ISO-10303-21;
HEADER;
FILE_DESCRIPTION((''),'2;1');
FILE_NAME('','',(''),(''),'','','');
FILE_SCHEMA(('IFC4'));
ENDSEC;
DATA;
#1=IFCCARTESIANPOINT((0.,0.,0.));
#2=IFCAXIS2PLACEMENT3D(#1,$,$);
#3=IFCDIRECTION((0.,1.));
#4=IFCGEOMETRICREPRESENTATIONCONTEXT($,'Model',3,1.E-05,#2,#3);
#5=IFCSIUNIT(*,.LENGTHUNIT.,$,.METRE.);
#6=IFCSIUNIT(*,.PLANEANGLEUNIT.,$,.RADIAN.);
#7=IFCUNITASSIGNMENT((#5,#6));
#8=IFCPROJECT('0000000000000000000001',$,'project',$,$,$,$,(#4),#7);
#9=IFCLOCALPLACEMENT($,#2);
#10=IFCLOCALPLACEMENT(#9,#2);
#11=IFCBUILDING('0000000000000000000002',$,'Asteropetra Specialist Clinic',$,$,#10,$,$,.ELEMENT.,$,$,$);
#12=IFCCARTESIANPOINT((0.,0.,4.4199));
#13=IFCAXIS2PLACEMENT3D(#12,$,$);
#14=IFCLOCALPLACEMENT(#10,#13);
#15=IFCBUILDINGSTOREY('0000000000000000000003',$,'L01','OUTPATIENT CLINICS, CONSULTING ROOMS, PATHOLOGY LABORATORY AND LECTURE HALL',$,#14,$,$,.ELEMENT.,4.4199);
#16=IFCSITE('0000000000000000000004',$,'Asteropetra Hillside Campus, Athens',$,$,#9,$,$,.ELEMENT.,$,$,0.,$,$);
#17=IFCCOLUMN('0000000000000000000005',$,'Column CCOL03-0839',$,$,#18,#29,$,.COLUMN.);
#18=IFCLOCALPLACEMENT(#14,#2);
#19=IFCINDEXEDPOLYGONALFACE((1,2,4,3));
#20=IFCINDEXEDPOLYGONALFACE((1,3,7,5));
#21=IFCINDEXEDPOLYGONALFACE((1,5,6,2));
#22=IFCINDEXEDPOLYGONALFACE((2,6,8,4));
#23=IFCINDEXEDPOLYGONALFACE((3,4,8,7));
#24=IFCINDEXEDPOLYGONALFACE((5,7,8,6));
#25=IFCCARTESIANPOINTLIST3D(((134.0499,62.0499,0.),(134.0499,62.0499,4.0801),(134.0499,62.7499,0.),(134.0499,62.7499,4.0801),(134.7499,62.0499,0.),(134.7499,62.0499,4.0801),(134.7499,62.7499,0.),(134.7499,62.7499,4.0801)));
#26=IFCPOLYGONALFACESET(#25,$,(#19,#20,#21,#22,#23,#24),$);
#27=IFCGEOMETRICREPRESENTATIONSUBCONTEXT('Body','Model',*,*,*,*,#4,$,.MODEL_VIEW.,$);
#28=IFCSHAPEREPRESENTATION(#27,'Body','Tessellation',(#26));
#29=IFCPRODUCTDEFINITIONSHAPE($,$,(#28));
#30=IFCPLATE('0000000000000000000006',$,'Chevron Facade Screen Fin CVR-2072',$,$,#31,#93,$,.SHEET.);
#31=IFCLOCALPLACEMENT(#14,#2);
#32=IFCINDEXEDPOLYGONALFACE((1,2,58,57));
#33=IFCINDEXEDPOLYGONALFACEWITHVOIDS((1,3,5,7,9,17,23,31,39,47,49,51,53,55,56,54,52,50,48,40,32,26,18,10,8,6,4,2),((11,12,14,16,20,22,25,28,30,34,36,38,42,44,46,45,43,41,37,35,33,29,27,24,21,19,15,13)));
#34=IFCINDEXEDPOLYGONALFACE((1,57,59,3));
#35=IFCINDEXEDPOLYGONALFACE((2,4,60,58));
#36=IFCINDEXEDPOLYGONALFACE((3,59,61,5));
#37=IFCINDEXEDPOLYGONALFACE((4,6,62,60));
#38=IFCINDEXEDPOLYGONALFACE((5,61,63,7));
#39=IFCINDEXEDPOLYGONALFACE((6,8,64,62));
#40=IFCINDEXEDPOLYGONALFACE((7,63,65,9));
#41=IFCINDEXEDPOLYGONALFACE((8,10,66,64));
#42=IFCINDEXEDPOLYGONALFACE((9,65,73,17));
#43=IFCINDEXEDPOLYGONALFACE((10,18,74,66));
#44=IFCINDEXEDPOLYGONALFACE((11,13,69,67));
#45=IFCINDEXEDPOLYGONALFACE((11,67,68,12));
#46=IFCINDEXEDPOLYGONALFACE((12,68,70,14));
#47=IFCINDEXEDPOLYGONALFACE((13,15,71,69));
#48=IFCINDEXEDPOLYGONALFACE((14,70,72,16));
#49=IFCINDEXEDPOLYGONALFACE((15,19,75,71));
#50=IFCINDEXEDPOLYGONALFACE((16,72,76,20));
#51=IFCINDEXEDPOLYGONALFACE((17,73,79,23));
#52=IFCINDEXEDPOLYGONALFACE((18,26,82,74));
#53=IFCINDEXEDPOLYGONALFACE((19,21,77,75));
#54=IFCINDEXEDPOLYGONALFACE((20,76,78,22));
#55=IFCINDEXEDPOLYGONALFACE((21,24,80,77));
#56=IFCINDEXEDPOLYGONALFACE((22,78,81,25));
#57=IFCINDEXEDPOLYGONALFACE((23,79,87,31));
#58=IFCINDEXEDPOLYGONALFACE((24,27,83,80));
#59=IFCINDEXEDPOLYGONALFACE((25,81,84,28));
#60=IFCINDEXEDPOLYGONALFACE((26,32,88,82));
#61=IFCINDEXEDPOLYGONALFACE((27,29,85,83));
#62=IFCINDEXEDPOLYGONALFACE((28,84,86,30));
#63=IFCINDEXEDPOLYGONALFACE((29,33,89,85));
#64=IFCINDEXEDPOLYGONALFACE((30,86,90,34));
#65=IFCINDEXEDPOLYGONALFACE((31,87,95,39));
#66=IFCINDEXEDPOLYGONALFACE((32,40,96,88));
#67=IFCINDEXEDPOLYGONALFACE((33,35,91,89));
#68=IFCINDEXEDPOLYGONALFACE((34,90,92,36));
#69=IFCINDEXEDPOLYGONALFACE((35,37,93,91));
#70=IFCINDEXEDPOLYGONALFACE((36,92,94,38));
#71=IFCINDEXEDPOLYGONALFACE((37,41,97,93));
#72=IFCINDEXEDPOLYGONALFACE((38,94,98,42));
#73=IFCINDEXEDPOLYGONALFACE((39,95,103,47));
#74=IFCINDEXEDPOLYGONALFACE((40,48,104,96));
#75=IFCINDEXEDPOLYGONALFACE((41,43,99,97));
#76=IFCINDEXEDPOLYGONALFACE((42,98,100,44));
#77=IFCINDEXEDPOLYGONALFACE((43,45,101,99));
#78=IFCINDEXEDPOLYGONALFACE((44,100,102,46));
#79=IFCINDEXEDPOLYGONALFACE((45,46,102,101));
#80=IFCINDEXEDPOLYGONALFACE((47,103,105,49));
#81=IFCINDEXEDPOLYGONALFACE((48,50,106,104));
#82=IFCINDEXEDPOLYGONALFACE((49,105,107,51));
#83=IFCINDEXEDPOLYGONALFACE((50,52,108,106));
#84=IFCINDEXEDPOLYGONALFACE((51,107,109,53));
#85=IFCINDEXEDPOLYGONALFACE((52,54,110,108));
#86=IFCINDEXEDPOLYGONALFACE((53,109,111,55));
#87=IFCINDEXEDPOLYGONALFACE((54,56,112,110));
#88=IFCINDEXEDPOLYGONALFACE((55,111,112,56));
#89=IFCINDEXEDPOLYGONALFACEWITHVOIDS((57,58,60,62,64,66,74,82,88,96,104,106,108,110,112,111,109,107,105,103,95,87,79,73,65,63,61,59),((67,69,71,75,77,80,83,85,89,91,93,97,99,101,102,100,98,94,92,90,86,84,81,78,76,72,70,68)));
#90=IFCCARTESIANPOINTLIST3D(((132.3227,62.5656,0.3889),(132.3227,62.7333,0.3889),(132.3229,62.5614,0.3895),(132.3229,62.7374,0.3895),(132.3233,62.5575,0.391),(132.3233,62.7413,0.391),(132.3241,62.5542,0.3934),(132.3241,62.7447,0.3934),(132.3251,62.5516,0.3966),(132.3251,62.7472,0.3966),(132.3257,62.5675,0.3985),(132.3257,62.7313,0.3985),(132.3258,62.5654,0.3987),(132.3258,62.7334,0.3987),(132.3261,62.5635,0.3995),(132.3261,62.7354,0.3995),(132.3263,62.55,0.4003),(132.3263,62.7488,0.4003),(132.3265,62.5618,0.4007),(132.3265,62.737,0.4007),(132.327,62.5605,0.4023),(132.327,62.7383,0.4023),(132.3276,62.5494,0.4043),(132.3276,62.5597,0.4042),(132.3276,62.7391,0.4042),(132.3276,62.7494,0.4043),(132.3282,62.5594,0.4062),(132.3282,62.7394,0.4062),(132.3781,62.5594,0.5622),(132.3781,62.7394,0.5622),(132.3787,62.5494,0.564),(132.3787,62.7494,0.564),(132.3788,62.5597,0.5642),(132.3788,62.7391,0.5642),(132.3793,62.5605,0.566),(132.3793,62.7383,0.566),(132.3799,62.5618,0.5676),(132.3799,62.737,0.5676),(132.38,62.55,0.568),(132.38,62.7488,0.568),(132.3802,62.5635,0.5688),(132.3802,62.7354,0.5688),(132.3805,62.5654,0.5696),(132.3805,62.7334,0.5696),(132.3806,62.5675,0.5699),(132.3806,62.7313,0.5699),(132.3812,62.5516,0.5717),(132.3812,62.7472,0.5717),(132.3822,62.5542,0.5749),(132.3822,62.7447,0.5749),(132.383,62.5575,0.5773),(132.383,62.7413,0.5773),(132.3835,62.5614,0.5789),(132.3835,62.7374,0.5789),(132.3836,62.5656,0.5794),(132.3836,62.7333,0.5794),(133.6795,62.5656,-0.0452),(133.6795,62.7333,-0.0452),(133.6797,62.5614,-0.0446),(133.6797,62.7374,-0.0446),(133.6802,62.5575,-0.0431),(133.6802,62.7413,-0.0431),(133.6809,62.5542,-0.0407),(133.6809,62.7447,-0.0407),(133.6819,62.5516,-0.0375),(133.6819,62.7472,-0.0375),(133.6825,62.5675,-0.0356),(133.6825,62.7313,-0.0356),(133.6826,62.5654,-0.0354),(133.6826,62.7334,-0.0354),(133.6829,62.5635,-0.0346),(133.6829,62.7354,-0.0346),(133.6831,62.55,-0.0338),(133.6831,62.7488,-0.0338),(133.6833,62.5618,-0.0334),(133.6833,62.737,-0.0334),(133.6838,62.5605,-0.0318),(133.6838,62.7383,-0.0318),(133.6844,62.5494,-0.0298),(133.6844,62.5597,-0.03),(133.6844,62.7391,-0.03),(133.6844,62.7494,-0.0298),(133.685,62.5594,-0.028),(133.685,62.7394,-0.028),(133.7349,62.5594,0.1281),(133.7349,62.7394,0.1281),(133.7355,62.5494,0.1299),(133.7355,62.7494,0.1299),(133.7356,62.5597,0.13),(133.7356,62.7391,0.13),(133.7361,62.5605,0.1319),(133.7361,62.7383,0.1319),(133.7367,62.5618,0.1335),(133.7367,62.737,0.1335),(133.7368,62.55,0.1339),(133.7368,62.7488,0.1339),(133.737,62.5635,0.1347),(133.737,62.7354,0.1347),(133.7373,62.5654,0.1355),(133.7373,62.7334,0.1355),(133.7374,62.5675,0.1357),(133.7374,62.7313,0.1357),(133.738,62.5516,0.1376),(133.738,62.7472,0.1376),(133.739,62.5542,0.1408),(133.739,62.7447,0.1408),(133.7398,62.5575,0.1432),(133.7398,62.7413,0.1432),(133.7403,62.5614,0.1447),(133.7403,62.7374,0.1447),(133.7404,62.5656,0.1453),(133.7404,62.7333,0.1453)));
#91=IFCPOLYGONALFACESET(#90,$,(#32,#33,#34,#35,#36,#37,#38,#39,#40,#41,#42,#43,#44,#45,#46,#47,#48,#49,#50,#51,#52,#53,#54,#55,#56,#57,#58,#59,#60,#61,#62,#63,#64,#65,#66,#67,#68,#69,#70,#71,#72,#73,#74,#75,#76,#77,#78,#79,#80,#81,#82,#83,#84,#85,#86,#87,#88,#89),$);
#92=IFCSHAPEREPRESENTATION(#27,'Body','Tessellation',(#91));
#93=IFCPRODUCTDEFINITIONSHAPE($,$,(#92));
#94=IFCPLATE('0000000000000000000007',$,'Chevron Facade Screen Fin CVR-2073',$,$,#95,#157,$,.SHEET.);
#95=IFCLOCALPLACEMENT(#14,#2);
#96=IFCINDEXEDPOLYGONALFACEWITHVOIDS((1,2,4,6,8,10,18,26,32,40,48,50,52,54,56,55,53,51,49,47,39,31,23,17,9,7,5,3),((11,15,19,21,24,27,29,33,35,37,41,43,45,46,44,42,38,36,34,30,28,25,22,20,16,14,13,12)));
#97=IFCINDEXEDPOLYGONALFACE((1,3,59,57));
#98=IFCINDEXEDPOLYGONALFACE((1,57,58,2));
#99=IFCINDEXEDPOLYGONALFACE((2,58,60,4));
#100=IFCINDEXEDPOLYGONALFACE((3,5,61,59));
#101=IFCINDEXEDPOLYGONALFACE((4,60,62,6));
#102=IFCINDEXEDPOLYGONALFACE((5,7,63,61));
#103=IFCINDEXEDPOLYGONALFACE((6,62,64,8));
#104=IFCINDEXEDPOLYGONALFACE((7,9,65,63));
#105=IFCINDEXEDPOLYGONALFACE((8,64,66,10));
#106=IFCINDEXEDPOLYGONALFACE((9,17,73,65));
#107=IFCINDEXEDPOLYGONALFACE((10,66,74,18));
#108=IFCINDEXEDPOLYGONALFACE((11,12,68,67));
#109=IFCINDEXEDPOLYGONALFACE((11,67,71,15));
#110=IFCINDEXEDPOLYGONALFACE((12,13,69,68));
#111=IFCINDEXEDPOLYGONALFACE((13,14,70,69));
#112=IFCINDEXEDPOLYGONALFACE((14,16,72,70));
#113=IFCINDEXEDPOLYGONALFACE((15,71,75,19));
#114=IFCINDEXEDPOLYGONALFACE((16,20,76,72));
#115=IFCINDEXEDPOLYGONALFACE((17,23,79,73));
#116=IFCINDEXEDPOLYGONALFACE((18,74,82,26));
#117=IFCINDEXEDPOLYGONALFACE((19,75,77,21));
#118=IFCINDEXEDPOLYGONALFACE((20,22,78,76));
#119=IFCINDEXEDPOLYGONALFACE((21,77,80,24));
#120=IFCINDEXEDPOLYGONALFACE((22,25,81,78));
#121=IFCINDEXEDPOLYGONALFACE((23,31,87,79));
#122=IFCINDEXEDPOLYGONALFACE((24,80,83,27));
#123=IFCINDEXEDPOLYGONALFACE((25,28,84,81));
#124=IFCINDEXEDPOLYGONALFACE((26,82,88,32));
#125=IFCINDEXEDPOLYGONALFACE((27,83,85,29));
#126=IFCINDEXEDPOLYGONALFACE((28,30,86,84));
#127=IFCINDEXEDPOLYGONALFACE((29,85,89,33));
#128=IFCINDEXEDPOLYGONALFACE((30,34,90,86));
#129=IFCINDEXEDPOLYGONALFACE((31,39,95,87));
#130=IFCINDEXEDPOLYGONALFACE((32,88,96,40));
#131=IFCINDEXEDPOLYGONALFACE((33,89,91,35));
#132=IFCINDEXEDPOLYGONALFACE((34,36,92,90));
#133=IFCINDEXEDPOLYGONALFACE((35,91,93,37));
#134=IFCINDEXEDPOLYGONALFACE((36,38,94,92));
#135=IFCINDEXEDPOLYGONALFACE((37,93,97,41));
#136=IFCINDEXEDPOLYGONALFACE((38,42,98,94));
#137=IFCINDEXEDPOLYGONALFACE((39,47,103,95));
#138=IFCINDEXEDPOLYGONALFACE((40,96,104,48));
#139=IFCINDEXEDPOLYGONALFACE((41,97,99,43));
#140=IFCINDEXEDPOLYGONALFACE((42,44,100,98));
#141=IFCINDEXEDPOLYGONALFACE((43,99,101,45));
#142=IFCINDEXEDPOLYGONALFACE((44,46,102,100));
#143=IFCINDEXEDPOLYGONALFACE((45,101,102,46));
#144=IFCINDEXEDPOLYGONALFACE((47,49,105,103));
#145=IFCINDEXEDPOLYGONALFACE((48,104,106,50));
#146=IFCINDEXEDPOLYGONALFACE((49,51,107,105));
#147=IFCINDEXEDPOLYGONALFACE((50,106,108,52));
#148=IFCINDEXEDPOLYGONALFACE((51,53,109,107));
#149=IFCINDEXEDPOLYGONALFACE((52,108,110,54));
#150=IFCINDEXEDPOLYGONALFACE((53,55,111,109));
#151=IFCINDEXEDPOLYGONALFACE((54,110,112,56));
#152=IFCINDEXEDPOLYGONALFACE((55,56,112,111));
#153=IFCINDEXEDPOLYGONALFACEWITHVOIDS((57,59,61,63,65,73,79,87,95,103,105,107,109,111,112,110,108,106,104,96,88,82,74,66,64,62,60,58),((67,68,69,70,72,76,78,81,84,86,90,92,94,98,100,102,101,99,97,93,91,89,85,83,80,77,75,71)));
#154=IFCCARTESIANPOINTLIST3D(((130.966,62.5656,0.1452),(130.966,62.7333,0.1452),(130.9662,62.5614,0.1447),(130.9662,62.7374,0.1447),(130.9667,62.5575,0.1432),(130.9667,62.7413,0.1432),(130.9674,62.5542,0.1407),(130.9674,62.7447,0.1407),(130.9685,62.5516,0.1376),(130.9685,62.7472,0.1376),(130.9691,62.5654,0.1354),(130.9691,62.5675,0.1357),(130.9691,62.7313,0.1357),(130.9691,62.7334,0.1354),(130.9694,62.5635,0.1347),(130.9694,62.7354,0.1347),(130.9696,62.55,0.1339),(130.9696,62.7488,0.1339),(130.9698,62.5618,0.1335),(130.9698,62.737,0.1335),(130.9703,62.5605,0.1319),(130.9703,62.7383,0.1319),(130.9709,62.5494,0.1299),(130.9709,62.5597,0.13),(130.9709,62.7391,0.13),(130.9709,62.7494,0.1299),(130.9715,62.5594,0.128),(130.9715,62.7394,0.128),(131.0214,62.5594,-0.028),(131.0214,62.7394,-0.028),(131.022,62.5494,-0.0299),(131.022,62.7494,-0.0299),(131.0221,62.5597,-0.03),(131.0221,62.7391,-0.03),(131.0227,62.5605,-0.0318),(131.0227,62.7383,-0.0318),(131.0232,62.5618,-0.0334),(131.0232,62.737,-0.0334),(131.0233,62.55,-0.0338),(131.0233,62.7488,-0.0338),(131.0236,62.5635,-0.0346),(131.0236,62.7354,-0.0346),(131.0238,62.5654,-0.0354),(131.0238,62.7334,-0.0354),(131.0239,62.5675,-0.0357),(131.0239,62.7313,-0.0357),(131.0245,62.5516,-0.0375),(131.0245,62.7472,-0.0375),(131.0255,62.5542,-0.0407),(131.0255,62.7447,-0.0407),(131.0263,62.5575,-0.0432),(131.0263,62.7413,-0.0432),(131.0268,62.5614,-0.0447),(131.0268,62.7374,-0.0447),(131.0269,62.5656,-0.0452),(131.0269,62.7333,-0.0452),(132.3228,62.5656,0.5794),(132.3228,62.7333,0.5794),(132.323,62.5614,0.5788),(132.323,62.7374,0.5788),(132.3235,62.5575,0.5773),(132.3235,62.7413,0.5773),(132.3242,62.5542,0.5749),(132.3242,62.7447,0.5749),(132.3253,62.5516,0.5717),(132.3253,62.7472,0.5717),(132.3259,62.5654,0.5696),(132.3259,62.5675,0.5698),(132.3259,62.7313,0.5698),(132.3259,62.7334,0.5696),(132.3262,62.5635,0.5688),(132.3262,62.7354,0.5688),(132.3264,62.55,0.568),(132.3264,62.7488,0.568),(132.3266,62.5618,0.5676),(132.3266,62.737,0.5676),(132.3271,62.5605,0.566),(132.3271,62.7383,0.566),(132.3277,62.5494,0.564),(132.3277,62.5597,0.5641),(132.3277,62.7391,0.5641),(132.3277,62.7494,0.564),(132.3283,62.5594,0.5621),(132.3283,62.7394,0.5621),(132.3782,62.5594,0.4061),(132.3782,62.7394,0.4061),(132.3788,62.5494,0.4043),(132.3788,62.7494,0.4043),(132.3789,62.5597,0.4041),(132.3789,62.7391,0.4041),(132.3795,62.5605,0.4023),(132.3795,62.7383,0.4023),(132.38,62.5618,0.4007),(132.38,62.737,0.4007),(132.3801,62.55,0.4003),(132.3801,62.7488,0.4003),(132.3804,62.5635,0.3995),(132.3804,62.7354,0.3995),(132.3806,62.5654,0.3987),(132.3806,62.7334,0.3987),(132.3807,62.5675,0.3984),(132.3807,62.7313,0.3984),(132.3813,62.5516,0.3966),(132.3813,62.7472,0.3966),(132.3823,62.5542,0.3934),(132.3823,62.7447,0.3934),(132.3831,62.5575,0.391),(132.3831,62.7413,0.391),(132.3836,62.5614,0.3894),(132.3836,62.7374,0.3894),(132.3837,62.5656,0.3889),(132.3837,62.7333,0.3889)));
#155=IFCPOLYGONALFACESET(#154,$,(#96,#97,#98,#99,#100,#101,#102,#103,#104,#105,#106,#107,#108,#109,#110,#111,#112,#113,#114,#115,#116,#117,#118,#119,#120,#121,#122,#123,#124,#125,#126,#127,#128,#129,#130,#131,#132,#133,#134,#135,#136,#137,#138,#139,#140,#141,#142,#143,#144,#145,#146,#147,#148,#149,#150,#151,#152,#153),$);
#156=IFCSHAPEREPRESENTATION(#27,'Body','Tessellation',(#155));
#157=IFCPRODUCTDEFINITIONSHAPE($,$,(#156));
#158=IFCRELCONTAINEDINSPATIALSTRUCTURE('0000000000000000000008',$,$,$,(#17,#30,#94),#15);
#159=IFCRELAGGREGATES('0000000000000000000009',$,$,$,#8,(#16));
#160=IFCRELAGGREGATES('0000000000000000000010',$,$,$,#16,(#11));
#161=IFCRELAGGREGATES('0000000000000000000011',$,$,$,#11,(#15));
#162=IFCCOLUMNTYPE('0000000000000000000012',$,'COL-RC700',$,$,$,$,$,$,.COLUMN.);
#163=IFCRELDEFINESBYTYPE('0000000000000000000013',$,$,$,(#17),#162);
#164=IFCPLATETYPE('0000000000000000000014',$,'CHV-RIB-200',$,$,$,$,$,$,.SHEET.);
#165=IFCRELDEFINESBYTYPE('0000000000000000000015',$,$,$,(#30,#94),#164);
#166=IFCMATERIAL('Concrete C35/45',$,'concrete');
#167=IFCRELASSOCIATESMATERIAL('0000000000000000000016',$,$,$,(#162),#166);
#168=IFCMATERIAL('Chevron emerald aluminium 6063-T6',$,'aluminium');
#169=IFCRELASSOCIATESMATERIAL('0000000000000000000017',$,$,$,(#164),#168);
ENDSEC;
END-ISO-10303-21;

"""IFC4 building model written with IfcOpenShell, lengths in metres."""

from ifc_helpers import new_model, si_unit, direction, frame, origin, origin_2d, place, context, subcontext, project, spatial, rectangle, hollow_rectangle, extrude, material, material_profile, profile_set, type_object, element, save


model = new_model("IFC4")

# Units and contexts
model_context = context("Model", 3, precision=1e-05, world=origin(), true_north=direction((0.0, 1.0)))
body_context = subcontext(model_context, "Body", "Model", "MODEL_VIEW")
ifc_project = project(units=[si_unit("LENGTHUNIT", "METRE"), si_unit("PLANEANGLEUNIT", "RADIAN")], contexts=[model_context])

# Site, building, storey
site_placement = place(None, origin())
site = spatial("IfcSite", under=ifc_project, at=site_placement, Name="Asteropetra Hillside Campus, Athens", CompositionType="ELEMENT", RefElevation=0.0)
building_placement = place(site_placement, origin())
building = spatial("IfcBuilding", under=site, at=building_placement, Name="Asteropetra Specialist Clinic", CompositionType="ELEMENT")
storey_placement = place(building_placement, frame((0.0, 0.0, 4.4199)))
storey = spatial("IfcBuildingStorey", under=building, at=storey_placement, Name="L01", Description="OUTPATIENT CLINICS, CONSULTING ROOMS, PATHOLOGY LABORATORY AND LECTURE HALL", CompositionType="ELEMENT", Elevation=4.4199)

# Column
ifc_material_1 = material(Name="Concrete C35/45", Category="concrete")
ifc_material_profile_1 = material_profile(ifc_material_1, rectangle(XDim=0.7, YDim=0.7, at=origin_2d()), Name="RC 700x700")
ifc_profile_set_1 = profile_set([ifc_material_profile_1], Name="Concrete C35/45")
column_type = type_object("IfcColumnType", Name="COL-RC700", PredefinedType="COLUMN", material=ifc_profile_set_1)
column_placement = place(storey_placement, frame((134.3999, 62.3999, 0.0), z_axis=(0.0, 0.0, 1.0), x_axis=(1.0, 0.0, 0.0)))
element("IfcColumn", 1, at=column_placement, inside=storey, type_object=column_type, Name="Column CCOL03-0839", PredefinedType="COLUMN", context=body_context, shape_type="SweptSolid", body=[
    extrude(rectangle(XDim=0.7, YDim=0.7, at=origin_2d()), origin(), (0.0, 0.0, 1.0), 4.0801),
])

# Plates
ifc_material_2 = material(Name="Chevron emerald aluminium 6063-T6", Category="aluminium")
ifc_material_profile_2 = material_profile(ifc_material_2, hollow_rectangle(XDim=0.2, YDim=0.2, WallThickness=0.01, InnerFilletRadius=0.0081, OuterFilletRadius=0.0161, at=origin_2d()), Name="SHS 200x200x10.0")
ifc_profile_set_2 = profile_set([ifc_material_profile_2], Name="Chevron emerald aluminium 6063-T6")
plate_type = type_object("IfcPlateType", Name="CHV-RIB-200", PredefinedType="SHEET", material=ifc_profile_set_2)
for number, where, z_axis, x_axis, name in (
    (2, (133.71, 62.6494, 0.05), (-0.952436, 0.0, 0.304738), (0.0, -1.0, 0.0), "Chevron Facade Screen Fin CVR-2072"),
    (3, (132.3533, 62.6494, 0.4841), (-0.952436, 0.0, -0.304738), (0.0, -1.0, 0.0), "Chevron Facade Screen Fin CVR-2073"),
):
    element("IfcPlate", number, at=place(storey_placement, frame(where, z_axis=z_axis, x_axis=x_axis)), inside=storey, type_object=plate_type, Name=name, PredefinedType="SHEET", context=body_context, shape_type="SweptSolid", body=[
        extrude(hollow_rectangle(XDim=0.2, YDim=0.2, WallThickness=0.01, InnerFilletRadius=0.0081, OuterFilletRadius=0.0161, at=origin_2d()), origin(), (0.0, 0.0, 1.0), 1.4246),
    ])

save(model, "model.ifc")
